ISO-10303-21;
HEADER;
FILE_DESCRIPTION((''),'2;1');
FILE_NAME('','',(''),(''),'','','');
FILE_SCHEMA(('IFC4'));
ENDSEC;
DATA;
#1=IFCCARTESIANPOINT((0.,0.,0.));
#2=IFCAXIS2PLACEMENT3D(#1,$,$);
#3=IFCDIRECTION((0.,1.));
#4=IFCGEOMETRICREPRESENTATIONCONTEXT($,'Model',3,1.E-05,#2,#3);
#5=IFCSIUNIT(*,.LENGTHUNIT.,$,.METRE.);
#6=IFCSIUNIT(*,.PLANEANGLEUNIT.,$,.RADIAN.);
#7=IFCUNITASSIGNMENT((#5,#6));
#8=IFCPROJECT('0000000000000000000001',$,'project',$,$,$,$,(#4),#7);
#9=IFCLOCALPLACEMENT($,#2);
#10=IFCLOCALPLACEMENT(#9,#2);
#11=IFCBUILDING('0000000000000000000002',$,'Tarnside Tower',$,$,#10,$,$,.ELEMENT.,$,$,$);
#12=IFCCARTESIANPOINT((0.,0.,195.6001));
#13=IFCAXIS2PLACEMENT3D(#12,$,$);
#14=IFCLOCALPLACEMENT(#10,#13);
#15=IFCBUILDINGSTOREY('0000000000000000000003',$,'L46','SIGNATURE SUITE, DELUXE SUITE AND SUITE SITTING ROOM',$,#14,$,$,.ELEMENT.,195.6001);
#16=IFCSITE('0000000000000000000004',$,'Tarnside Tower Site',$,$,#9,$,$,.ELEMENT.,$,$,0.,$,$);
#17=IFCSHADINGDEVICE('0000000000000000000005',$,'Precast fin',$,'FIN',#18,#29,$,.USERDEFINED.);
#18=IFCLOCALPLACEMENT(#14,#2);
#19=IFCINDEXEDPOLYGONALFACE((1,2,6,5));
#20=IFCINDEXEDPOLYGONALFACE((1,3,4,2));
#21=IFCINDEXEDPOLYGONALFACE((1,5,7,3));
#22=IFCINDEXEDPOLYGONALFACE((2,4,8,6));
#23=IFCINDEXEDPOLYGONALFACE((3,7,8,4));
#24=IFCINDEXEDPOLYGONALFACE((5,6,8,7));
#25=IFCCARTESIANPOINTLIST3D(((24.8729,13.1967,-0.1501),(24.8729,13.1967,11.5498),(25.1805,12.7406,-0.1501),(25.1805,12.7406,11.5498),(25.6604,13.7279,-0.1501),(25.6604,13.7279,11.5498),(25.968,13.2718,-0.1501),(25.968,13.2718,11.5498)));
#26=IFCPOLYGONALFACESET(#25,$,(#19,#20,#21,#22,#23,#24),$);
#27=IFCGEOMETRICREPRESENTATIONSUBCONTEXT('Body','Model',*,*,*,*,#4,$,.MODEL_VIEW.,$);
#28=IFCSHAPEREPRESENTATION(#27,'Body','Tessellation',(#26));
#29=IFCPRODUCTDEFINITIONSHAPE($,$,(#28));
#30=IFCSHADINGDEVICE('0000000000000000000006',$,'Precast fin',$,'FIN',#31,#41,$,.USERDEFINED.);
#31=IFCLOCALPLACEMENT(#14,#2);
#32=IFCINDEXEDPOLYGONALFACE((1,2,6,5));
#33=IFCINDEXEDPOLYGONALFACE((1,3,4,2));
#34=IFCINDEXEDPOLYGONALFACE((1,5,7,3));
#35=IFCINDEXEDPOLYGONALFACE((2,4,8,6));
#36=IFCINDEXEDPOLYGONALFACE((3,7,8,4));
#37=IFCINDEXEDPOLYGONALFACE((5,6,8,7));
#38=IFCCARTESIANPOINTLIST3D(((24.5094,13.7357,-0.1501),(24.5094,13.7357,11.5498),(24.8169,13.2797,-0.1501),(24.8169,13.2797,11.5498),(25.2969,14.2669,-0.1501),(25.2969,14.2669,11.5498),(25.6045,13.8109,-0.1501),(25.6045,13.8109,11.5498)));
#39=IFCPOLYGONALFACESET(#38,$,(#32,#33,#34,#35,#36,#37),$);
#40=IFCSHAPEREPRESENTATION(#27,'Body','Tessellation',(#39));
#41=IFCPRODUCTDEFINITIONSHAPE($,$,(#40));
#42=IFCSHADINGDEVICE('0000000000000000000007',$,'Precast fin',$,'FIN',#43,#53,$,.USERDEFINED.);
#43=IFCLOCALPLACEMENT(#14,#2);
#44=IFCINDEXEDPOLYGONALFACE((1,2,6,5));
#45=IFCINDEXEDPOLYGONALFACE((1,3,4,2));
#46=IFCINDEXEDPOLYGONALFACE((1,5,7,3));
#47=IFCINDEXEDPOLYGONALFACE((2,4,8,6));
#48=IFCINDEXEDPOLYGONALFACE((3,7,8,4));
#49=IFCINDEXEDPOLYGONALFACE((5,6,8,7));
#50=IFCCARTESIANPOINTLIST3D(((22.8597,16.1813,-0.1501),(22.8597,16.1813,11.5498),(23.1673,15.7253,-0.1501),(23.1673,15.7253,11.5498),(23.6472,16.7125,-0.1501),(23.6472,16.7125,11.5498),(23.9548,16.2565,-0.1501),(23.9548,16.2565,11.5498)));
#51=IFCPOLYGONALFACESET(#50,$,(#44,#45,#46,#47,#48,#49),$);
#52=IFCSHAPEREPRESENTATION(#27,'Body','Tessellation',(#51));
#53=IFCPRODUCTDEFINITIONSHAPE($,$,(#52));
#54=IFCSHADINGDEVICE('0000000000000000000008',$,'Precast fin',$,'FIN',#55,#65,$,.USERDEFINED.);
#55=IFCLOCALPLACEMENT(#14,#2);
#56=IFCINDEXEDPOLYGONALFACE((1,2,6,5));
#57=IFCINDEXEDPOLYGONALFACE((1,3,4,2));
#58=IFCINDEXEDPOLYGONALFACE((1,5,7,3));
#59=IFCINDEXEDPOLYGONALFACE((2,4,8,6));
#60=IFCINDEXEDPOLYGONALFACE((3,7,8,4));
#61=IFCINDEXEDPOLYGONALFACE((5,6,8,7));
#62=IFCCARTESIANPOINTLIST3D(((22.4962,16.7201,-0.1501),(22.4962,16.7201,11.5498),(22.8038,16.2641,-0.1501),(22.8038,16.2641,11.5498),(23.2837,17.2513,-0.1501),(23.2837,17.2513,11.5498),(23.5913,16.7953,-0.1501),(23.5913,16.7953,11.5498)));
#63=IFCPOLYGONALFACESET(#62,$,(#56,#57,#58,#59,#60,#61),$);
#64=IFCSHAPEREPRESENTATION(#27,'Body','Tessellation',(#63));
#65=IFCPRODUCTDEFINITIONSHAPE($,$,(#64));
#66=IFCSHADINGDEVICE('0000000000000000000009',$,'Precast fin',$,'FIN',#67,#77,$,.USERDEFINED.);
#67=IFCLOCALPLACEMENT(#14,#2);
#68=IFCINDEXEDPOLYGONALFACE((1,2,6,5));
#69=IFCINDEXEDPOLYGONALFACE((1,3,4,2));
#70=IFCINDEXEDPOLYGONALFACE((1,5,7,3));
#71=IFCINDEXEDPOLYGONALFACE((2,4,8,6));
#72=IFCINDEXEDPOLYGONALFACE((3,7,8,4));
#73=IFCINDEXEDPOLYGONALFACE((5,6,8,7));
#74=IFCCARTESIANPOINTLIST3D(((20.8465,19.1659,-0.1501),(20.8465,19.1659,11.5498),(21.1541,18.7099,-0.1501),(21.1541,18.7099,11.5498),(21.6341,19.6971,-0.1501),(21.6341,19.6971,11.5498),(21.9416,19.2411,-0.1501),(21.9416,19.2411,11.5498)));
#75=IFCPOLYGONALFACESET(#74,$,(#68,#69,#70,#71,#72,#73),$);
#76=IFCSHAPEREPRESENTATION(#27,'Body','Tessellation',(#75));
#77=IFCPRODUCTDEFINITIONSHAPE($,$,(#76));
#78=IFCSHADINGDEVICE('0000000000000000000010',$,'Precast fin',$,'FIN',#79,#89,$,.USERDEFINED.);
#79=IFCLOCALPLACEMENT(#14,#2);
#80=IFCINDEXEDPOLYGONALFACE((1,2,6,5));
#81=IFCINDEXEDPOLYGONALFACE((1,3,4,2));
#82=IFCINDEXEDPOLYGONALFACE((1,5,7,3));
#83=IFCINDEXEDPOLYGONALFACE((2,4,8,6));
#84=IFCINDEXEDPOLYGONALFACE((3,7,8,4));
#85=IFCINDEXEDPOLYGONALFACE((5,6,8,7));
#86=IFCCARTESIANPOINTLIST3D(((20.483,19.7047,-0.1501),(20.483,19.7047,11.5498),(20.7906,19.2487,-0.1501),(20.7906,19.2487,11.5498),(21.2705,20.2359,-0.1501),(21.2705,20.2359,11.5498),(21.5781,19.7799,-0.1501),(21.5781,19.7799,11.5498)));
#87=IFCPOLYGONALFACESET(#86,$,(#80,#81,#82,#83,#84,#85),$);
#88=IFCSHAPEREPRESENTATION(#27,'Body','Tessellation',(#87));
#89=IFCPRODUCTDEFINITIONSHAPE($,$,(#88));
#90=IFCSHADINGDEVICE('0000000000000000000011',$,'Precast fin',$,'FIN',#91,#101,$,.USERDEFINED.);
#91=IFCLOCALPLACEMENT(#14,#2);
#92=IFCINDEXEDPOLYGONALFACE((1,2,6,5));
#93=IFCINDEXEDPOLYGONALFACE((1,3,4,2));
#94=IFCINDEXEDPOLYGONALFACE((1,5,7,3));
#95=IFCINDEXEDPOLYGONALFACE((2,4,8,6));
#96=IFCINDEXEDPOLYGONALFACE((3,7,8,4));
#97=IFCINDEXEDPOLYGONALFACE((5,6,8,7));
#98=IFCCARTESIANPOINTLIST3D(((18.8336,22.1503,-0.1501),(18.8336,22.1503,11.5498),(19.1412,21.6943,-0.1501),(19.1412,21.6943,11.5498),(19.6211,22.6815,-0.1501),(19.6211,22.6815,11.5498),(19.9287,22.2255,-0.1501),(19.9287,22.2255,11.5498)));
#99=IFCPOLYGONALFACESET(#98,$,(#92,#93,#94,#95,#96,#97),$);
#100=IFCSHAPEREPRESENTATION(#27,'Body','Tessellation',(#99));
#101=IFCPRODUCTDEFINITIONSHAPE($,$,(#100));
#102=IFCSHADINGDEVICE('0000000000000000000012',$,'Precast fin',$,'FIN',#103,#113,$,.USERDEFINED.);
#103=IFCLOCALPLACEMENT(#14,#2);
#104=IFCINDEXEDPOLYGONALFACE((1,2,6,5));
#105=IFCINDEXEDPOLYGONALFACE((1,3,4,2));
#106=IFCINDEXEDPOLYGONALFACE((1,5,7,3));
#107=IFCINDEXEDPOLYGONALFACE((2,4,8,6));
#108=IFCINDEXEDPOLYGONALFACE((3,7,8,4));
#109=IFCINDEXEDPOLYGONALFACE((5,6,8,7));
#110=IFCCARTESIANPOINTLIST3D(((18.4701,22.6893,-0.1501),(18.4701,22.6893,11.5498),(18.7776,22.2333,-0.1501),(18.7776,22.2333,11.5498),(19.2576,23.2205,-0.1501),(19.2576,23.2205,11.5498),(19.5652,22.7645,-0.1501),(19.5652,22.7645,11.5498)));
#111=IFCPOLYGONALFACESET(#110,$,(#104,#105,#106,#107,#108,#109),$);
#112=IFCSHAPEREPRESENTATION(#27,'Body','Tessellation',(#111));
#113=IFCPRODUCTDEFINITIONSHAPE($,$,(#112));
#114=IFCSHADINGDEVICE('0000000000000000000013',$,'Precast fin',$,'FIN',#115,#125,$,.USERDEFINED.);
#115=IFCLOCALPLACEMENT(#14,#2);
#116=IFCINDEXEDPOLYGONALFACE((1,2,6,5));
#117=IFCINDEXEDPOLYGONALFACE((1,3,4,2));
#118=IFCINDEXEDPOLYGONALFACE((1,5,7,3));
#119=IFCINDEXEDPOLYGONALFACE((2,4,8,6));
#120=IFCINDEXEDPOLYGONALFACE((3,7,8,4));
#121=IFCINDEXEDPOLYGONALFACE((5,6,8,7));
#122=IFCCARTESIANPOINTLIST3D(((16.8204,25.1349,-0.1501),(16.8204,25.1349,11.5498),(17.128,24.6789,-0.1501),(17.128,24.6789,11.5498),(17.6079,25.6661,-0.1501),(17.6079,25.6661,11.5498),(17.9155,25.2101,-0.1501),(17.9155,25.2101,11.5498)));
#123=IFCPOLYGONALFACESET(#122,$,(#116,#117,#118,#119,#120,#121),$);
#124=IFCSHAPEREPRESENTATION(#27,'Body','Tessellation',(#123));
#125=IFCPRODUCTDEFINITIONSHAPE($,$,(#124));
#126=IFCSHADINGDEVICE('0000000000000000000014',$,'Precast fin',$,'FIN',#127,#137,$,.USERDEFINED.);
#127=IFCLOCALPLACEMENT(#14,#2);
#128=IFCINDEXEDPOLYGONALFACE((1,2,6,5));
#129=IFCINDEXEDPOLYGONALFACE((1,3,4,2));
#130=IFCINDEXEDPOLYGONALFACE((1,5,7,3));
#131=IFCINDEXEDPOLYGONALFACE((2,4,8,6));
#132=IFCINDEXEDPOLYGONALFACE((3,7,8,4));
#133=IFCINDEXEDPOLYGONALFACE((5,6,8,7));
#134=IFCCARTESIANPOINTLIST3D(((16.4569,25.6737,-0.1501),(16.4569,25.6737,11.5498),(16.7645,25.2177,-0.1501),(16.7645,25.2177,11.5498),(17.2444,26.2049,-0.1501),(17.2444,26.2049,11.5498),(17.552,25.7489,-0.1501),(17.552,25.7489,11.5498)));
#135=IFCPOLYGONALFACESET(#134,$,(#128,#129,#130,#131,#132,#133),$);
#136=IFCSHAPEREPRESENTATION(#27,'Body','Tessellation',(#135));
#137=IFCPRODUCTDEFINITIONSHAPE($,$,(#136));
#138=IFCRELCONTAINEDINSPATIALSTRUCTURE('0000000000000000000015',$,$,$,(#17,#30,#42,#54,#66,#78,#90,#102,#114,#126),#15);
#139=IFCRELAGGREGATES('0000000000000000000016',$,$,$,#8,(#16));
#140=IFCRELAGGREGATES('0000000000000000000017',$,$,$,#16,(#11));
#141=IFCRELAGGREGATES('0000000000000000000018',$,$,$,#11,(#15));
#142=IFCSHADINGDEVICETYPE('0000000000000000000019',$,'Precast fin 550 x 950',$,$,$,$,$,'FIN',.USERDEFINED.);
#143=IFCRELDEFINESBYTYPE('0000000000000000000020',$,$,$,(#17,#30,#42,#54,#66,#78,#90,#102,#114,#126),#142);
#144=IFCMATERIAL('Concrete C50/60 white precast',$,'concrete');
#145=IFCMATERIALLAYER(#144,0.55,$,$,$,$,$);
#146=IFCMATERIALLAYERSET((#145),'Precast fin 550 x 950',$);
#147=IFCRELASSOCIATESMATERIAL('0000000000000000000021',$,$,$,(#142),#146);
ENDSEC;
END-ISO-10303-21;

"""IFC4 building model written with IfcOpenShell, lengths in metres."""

from ifc_helpers import new_model, si_unit, direction, frame, origin, place, context, subcontext, project, spatial, polyline, outline, extrude, material, layer, layer_set, type_object, element, save


model = new_model("IFC4")

# Units and contexts
model_context = context("Model", 3, precision=1e-05, world=origin(), true_north=direction((0.0, 1.0)))
body_context = subcontext(model_context, "Body", "Model", "MODEL_VIEW")
ifc_project = project(units=[si_unit("LENGTHUNIT", "METRE"), si_unit("PLANEANGLEUNIT", "RADIAN")], contexts=[model_context])

# Site, building, storey
site_placement = place(None, origin())
site = spatial("IfcSite", under=ifc_project, at=site_placement, Name="Tarnside Tower Site", CompositionType="ELEMENT", RefElevation=0.0)
building_placement = place(site_placement, origin())
building = spatial("IfcBuilding", under=site, at=building_placement, Name="Tarnside Tower", CompositionType="ELEMENT")
storey_placement = place(building_placement, frame((0.0, 0.0, 195.6001)))
storey = spatial("IfcBuildingStorey", under=building, at=storey_placement, Name="L46", Description="SIGNATURE SUITE, DELUXE SUITE AND SUITE SITTING ROOM", CompositionType="ELEMENT", Elevation=195.6001)

# Shading devices
ifc_material_1 = material(Name="Concrete C50/60 white precast", Category="concrete")
ifc_layer_1 = layer(ifc_material_1, 0.55)
ifc_layer_set_1 = layer_set([ifc_layer_1], Name="Precast fin 550 x 950")
shading_device_type_1 = type_object("IfcShadingDeviceType", Name="Precast fin 550 x 950", ElementType="FIN", PredefinedType="USERDEFINED", material=ifc_layer_set_1)
for number, where, z_axis, x_axis, name in (
    (1, (25.0266, 12.9688, -0.1501), (0.559193, -0.829038, 0.0), (0.829038, 0.559193, 0.0), "Precast fin"),
    (2, (24.6631, 13.5078, -0.1501), (0.559193, -0.829038, 0.0), (0.829038, 0.559193, 0.0), "Precast fin"),
    (3, (23.0134, 15.9534, -0.1501), (0.559193, -0.829038, 0.0), (0.829038, 0.559193, 0.0), "Precast fin"),
    (4, (22.6499, 16.4922, -0.1501), (0.559193, -0.829038, 0.0), (0.829038, 0.559193, 0.0), "Precast fin"),
    (5, (21.0002, 18.938, -0.1501), (0.559193, -0.829038, 0.0), (0.829038, 0.559193, 0.0), "Precast fin"),
    (6, (20.6367, 19.4768, -0.1501), (0.559193, -0.829038, 0.0), (0.829038, 0.559193, 0.0), "Precast fin"),
    (7, (18.9873, 21.9224, -0.1501), (0.559193, -0.829038, 0.0), (0.829038, 0.559193, 0.0), "Precast fin"),
    (8, (18.6238, 22.4614, -0.1501), (0.559193, -0.829038, 0.0), (0.829038, 0.559193, 0.0), "Precast fin"),
    (9, (16.9741, 24.907, -0.1501), (0.559193, -0.829038, 0.0), (0.829038, 0.559193, 0.0), "Precast fin"),
    (10, (16.6106, 25.4458, -0.1501), (0.559193, -0.829038, 0.0), (0.829038, 0.559193, 0.0), "Precast fin"),
):
    element("IfcShadingDevice", number, at=place(storey_placement, frame(where, z_axis=z_axis, x_axis=x_axis)), inside=storey, type_object=shading_device_type_1, Name=name, ObjectType="FIN", PredefinedType="USERDEFINED", context=body_context, shape_type="SweptSolid", body=[
        extrude(outline(polyline([(0.0, 0.0), (0.95, 0.0), (0.95, 11.7), (0.0, 11.7), (0.0, 0.0)])), frame((0.0, 0.0, -0.2749)), (0.0, 0.0, 1.0), 0.55),
    ])

save(model, "model.ifc")
